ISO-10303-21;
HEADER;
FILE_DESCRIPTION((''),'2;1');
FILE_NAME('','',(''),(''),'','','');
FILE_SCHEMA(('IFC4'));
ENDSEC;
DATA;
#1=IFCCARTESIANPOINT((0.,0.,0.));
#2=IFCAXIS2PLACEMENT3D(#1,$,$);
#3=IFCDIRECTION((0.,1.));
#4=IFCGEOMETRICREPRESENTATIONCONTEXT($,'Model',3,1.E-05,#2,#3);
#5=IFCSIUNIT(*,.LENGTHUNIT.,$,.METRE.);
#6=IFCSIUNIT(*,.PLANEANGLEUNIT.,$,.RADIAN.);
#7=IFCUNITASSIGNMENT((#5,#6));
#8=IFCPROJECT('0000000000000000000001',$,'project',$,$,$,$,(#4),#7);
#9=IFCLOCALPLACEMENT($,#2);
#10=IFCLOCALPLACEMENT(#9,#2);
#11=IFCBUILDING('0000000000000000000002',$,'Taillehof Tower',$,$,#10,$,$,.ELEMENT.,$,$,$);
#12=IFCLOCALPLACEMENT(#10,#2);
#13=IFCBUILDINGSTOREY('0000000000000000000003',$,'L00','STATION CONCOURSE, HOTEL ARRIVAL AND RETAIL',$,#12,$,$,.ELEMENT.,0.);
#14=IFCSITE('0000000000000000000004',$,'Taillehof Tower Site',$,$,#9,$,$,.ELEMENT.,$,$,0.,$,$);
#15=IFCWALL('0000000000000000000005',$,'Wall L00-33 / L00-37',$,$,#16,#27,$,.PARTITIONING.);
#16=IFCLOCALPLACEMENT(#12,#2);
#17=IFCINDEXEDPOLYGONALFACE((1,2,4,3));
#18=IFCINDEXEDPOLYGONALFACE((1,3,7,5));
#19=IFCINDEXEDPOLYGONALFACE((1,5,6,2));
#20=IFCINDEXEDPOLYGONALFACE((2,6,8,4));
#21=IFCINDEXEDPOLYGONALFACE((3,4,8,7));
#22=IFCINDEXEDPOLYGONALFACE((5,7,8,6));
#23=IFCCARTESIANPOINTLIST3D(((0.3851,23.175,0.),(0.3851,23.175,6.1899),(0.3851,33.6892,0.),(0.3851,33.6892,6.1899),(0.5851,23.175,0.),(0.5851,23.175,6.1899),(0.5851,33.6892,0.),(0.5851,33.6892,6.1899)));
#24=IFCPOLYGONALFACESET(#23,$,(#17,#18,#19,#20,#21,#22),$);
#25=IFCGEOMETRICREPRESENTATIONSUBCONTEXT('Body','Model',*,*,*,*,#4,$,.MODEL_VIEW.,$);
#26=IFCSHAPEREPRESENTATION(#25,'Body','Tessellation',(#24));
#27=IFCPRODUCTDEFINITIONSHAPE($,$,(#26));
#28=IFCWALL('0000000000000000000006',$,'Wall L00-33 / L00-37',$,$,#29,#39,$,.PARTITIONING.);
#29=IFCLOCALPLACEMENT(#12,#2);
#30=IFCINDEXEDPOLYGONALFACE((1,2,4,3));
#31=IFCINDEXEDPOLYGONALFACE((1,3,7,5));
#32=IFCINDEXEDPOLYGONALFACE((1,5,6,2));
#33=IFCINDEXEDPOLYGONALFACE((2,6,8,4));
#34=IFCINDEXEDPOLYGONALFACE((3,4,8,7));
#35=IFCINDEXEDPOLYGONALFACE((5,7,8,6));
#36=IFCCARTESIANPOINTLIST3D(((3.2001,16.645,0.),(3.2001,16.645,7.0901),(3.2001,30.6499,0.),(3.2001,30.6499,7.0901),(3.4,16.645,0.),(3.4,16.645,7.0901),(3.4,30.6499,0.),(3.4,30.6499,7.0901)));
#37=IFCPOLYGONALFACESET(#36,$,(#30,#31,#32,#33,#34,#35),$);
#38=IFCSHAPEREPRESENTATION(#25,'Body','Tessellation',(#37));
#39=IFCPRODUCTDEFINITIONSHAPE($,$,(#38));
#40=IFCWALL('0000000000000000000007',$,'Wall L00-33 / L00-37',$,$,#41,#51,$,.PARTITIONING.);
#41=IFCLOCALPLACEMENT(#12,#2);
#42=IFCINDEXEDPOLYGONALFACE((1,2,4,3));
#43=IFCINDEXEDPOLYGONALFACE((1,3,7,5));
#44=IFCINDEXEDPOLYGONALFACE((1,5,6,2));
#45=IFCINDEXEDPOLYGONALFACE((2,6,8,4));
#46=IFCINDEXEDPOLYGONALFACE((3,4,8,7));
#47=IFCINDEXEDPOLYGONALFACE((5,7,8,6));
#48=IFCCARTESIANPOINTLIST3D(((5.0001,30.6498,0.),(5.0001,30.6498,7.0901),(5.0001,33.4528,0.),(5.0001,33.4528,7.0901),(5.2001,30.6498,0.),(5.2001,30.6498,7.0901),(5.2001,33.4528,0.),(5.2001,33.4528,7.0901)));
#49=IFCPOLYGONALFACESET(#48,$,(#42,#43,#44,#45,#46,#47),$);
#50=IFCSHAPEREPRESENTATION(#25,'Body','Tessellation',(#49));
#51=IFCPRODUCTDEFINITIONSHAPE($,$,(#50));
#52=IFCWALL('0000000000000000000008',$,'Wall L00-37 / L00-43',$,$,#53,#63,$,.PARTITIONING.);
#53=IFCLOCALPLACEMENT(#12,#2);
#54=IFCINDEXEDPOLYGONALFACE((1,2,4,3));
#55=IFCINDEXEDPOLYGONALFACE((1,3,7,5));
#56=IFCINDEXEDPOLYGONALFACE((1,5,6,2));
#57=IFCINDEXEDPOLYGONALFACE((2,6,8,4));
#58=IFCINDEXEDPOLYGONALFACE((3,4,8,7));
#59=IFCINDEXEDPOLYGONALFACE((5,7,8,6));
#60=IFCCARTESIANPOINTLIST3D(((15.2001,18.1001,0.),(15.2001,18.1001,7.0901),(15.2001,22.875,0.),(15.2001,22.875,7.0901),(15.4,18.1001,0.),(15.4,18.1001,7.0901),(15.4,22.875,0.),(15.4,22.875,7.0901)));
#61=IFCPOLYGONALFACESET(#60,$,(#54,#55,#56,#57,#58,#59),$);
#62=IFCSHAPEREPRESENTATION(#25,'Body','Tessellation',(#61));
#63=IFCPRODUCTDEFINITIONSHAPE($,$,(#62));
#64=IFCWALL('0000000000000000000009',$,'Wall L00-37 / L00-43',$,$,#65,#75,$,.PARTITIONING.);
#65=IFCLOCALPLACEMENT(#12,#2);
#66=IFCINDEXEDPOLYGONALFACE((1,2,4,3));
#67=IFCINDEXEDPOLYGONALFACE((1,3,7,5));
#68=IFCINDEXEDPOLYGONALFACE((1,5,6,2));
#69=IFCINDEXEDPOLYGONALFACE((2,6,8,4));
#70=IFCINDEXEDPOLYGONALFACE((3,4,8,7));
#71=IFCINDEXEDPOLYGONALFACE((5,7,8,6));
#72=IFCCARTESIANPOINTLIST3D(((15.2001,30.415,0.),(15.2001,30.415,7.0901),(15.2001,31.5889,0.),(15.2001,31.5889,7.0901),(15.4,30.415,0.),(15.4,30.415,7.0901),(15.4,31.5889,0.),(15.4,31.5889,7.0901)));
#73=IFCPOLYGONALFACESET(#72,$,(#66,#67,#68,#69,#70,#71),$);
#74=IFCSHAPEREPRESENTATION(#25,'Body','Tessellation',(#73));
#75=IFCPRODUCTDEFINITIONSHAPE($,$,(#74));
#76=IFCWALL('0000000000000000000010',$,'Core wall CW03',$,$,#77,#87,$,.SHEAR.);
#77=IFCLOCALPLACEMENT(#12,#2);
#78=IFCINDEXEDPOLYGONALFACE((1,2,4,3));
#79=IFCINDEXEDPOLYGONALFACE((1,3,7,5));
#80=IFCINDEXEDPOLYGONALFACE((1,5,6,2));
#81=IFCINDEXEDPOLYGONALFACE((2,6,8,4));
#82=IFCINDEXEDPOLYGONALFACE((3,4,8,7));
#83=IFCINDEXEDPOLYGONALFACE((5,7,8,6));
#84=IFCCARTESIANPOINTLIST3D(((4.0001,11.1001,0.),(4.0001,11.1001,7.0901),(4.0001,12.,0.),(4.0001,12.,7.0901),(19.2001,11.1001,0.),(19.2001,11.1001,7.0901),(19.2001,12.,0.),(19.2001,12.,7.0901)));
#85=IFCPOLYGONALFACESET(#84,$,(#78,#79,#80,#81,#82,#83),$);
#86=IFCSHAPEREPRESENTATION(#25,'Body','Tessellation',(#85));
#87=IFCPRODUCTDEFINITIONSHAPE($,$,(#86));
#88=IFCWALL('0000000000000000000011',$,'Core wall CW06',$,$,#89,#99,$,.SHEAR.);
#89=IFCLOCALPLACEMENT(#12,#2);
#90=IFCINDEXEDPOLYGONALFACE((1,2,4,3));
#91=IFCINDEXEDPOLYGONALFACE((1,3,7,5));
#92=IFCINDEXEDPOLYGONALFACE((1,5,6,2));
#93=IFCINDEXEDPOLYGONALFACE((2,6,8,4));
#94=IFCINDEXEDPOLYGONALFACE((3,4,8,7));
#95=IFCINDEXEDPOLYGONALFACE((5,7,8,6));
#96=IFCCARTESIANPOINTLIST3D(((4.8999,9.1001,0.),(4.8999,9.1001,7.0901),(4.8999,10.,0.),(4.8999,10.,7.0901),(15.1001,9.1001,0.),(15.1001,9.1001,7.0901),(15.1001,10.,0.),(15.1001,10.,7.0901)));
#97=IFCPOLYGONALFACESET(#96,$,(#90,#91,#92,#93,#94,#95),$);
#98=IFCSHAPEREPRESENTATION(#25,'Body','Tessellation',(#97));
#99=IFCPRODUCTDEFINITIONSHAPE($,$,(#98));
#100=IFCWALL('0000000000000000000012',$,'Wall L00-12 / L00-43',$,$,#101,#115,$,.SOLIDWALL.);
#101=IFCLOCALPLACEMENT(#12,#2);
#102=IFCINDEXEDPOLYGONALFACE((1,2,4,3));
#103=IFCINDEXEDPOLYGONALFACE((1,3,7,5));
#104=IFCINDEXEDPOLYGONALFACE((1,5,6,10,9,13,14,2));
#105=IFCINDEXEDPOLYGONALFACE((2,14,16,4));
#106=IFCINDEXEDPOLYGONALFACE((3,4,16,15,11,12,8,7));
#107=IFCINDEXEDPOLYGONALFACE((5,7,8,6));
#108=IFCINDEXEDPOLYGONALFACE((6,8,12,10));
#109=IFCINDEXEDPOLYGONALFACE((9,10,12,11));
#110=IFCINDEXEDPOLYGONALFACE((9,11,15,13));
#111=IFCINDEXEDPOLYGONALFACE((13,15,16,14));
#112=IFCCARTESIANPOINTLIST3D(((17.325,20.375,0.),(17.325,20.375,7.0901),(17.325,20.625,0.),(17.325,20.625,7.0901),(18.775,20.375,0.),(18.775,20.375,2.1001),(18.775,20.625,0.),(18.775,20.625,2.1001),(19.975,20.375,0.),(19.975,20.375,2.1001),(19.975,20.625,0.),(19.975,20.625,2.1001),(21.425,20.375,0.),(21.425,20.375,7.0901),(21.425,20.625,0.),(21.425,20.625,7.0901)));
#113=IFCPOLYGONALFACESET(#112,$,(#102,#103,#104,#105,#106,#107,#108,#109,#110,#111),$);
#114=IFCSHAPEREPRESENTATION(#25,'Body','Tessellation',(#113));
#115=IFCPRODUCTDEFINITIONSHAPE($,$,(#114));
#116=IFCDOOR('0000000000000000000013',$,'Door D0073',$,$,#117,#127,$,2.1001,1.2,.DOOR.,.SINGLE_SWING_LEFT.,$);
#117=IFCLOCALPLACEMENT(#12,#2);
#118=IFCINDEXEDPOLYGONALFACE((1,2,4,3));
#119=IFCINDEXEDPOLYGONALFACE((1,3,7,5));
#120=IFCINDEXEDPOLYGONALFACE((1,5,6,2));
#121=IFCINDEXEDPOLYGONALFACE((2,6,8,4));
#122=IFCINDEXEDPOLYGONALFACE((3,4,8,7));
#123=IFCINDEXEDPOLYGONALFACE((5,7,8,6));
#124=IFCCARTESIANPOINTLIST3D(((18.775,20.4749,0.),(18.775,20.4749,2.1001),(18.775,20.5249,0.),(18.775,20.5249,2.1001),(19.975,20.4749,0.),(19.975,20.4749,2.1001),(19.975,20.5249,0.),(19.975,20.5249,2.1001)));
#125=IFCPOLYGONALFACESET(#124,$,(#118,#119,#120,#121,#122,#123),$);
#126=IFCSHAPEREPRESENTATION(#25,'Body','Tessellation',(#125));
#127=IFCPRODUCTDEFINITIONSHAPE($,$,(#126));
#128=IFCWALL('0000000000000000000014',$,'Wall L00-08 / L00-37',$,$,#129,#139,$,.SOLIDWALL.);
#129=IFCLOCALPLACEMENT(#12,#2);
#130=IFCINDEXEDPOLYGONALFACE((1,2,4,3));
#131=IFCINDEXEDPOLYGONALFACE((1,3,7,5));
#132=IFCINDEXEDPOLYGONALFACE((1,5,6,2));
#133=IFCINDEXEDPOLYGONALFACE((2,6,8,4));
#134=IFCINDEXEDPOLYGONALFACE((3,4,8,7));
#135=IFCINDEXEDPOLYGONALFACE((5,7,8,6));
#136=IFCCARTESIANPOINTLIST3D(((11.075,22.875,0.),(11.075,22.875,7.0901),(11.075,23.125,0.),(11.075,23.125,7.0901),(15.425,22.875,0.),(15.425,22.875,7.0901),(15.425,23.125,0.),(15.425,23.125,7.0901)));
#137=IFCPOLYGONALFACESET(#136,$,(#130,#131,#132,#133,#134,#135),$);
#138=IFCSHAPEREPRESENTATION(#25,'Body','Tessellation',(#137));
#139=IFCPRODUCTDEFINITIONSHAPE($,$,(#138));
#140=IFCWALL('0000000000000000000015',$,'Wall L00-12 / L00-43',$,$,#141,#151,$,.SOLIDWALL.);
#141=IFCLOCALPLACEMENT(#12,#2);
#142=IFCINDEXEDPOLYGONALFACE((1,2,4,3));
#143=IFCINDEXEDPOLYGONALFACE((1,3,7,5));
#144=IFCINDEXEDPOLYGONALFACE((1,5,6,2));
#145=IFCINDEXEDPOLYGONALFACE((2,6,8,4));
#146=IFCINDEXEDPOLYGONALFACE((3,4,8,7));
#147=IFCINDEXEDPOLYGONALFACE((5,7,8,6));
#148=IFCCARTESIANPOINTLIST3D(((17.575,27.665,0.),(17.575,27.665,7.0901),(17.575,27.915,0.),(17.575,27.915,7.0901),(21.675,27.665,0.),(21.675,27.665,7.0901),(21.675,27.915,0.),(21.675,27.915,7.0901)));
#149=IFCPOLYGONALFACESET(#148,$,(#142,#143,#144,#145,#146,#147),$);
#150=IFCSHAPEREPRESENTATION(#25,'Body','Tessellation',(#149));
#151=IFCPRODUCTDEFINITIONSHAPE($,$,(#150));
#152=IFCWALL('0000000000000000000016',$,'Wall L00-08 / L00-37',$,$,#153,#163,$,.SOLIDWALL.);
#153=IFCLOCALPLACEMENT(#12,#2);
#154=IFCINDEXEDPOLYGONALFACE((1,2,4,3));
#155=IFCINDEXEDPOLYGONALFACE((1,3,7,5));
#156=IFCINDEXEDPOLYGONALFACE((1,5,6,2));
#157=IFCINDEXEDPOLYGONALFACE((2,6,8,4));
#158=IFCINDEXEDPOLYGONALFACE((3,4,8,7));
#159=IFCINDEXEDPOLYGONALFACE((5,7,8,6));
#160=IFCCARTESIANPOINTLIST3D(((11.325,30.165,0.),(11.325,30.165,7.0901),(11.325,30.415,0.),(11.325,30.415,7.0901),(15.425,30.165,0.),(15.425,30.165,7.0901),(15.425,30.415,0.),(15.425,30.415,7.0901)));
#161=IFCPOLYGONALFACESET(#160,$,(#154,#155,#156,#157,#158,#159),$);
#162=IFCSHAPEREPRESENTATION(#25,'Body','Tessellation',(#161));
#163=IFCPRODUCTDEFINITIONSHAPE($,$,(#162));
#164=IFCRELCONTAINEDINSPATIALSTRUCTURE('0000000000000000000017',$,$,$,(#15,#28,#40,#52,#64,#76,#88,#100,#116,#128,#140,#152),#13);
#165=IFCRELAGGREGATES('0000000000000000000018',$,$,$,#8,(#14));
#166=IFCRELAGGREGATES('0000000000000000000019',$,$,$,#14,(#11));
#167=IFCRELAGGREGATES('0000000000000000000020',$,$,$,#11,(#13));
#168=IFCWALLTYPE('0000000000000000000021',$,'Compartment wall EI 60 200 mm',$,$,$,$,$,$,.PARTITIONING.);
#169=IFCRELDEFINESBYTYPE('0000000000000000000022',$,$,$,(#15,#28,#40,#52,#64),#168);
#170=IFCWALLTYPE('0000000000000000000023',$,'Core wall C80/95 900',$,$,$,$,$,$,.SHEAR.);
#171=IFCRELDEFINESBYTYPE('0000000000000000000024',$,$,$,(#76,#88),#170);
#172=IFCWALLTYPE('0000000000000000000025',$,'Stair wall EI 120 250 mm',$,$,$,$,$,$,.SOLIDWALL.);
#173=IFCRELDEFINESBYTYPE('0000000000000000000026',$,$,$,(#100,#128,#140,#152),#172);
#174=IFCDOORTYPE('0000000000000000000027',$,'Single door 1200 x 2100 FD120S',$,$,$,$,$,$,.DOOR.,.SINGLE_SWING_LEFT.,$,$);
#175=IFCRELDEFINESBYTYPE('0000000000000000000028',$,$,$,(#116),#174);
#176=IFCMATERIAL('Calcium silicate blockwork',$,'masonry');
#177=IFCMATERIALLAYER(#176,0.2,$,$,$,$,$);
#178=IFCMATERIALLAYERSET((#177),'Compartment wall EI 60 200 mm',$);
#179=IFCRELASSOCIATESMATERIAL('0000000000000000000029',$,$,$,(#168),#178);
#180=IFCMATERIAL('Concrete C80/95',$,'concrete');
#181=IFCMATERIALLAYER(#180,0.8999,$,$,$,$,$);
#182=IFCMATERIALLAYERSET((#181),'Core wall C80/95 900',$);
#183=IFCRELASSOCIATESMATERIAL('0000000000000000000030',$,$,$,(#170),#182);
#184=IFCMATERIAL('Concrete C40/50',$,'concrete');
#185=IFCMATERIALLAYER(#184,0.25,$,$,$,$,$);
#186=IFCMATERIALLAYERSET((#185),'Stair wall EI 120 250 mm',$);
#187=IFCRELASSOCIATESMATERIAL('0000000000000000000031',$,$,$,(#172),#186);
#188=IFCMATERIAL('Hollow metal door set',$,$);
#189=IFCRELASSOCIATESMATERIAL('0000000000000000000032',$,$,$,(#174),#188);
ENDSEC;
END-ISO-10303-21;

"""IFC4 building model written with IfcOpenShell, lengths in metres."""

from ifc_helpers import new_model, si_unit, direction, frame, frame_2d, origin, place, context, subcontext, project, spatial, rectangle, extrude, material, layer, layer_set, type_object, element, fill, save


model = new_model("IFC4")

# Units and contexts
model_context = context("Model", 3, precision=1e-05, world=origin(), true_north=direction((0.0, 1.0)))
body_context = subcontext(model_context, "Body", "Model", "MODEL_VIEW")
ifc_project = project(units=[si_unit("LENGTHUNIT", "METRE"), si_unit("PLANEANGLEUNIT", "RADIAN")], contexts=[model_context])

# Site, building, storey
site_placement = place(None, origin())
site = spatial("IfcSite", under=ifc_project, at=site_placement, Name="Taillehof Tower Site", CompositionType="ELEMENT", RefElevation=0.0)
building_placement = place(site_placement, origin())
building = spatial("IfcBuilding", under=site, at=building_placement, Name="Taillehof Tower", CompositionType="ELEMENT")
storey_placement = place(building_placement, origin())
storey = spatial("IfcBuildingStorey", under=building, at=storey_placement, Name="L00", Description="STATION CONCOURSE, HOTEL ARRIVAL AND RETAIL", CompositionType="ELEMENT", Elevation=0.0)

# Walls
ifc_material_1 = material(Name="Calcium silicate blockwork", Category="masonry")
ifc_layer_1 = layer(ifc_material_1, 0.2)
ifc_layer_set_1 = layer_set([ifc_layer_1], Name="Compartment wall EI 60 200 mm")
wall_type_1 = type_object("IfcWallType", Name="Compartment wall EI 60 200 mm", PredefinedType="PARTITIONING", material=ifc_layer_set_1)
wall_1_placement = place(storey_placement, frame((0.4851, 23.175, 0.0), z_axis=(0.0, 0.0, 1.0), x_axis=(0.0, 1.0, 0.0)))
element("IfcWall", 1, at=wall_1_placement, inside=storey, type_object=wall_type_1, Name="Wall L00-33 / L00-37", PredefinedType="PARTITIONING", context=body_context, shape_type="SweptSolid", body=[
    extrude(rectangle(XDim=10.5142, YDim=0.2, at=frame_2d((5.2571, 0.0))), origin(), (0.0, 0.0, 1.0), 6.1899),
])
wall_2_placement = place(storey_placement, frame((3.3, 16.645, 0.0), z_axis=(0.0, 0.0, 1.0), x_axis=(0.0, 1.0, 0.0)))
element("IfcWall", 2, at=wall_2_placement, inside=storey, type_object=wall_type_1, Name="Wall L00-33 / L00-37", PredefinedType="PARTITIONING", context=body_context, shape_type="SweptSolid", body=[
    extrude(rectangle(XDim=14.0049, YDim=0.2, at=frame_2d((7.0024, 0.0))), origin(), (0.0, 0.0, 1.0), 7.0901),
])
wall_3_placement = place(storey_placement, frame((5.1001, 30.6499, 0.0), z_axis=(0.0, 0.0, 1.0), x_axis=(0.0, 1.0, 0.0)))
element("IfcWall", 3, at=wall_3_placement, inside=storey, type_object=wall_type_1, Name="Wall L00-33 / L00-37", PredefinedType="PARTITIONING", context=body_context, shape_type="SweptSolid", body=[
    extrude(rectangle(XDim=2.803, YDim=0.2, at=frame_2d((1.4014, 0.0))), origin(), (0.0, 0.0, 1.0), 7.0901),
])
wall_4_placement = place(storey_placement, frame((15.3, 18.1001, 0.0), z_axis=(0.0, 0.0, 1.0), x_axis=(0.0, 1.0, 0.0)))
element("IfcWall", 4, at=wall_4_placement, inside=storey, type_object=wall_type_1, Name="Wall L00-37 / L00-43", PredefinedType="PARTITIONING", context=body_context, shape_type="SweptSolid", body=[
    extrude(rectangle(XDim=4.7749, YDim=0.2, at=frame_2d((2.3875, 0.0))), origin(), (0.0, 0.0, 1.0), 7.0901),
])
wall_5_placement = place(storey_placement, frame((15.3, 30.415, 0.0), z_axis=(0.0, 0.0, 1.0), x_axis=(0.0, 1.0, 0.0)))
element("IfcWall", 5, at=wall_5_placement, inside=storey, type_object=wall_type_1, Name="Wall L00-37 / L00-43", PredefinedType="PARTITIONING", context=body_context, shape_type="SweptSolid", body=[
    extrude(rectangle(XDim=1.1738, YDim=0.2, at=frame_2d((0.5869, 0.0))), origin(), (0.0, 0.0, 1.0), 7.0901),
])
ifc_material_2 = material(Name="Concrete C80/95", Category="concrete")
ifc_layer_2 = layer(ifc_material_2, 0.8999)
ifc_layer_set_2 = layer_set([ifc_layer_2], Name="Core wall C80/95 900")
wall_type_2 = type_object("IfcWallType", Name="Core wall C80/95 900", PredefinedType="SHEAR", material=ifc_layer_set_2)
wall_6_placement = place(storey_placement, frame((4.0, 11.55, 0.0), z_axis=(0.0, 0.0, 1.0), x_axis=(1.0, 0.0, 0.0)))
element("IfcWall", 6, at=wall_6_placement, inside=storey, type_object=wall_type_2, Name="Core wall CW03", PredefinedType="SHEAR", context=body_context, shape_type="SweptSolid", body=[
    extrude(rectangle(XDim=15.2, YDim=0.8999, at=frame_2d((7.6001, 0.0))), origin(), (0.0, 0.0, 1.0), 7.0901),
])
wall_7_placement = place(storey_placement, frame((4.8999, 9.55, 0.0), z_axis=(0.0, 0.0, 1.0), x_axis=(1.0, 0.0, 0.0)))
element("IfcWall", 7, at=wall_7_placement, inside=storey, type_object=wall_type_2, Name="Core wall CW06", PredefinedType="SHEAR", context=body_context, shape_type="SweptSolid", body=[
    extrude(rectangle(XDim=10.2002, YDim=0.8999, at=frame_2d((5.1001, 0.0))), origin(), (0.0, 0.0, 1.0), 7.0901),
])

# Wall, opening, door
ifc_material_3 = material(Name="Concrete C40/50", Category="concrete")
ifc_layer_3 = layer(ifc_material_3, 0.25)
ifc_layer_set_3 = layer_set([ifc_layer_3], Name="Stair wall EI 120 250 mm")
wall_type_3 = type_object("IfcWallType", Name="Stair wall EI 120 250 mm", PredefinedType="SOLIDWALL", material=ifc_layer_set_3)
wall_8_placement = place(storey_placement, frame((17.325, 20.5, 0.0), z_axis=(0.0, 0.0, 1.0), x_axis=(1.0, 0.0, 0.0)))
wall_8 = element("IfcWall", 8, at=wall_8_placement, inside=storey, type_object=wall_type_3, Name="Wall L00-12 / L00-43", PredefinedType="SOLIDWALL", context=body_context, shape_type="SweptSolid", body=[
    extrude(rectangle(XDim=4.1001, YDim=0.25, at=frame_2d((2.05, 0.0))), origin(), (0.0, 0.0, 1.0), 7.0901),
])
opening_1_placement = place(wall_8_placement, frame((1.45, 0.0, 0.0)))
opening_1 = element("IfcOpeningElement", 9, at=opening_1_placement, cuts=wall_8, PredefinedType="OPENING", context=body_context, shape_type="SweptSolid", body=[
    extrude(rectangle(XDim=1.2, YDim=2.1001, at=frame_2d((0.6001, 1.05))), frame((0.0, 0.135, 0.0), z_axis=(0.0, -1.0, 0.0), x_axis=(1.0, 0.0, 0.0)), (0.0, 0.0, 1.0), 0.27),
])
ifc_material_4 = material(Name="Hollow metal door set")
door_type = type_object("IfcDoorType", Name="Single door 1200 x 2100 FD120S", OperationType="SINGLE_SWING_LEFT", PredefinedType="DOOR", material=ifc_material_4)
door_1_placement = place(opening_1_placement, origin())
door_1 = element("IfcDoor", 10, at=door_1_placement, inside=storey, type_object=door_type, Name="Door D0073", OperationType="SINGLE_SWING_LEFT", OverallHeight=2.1001, OverallWidth=1.2, PredefinedType="DOOR", context=body_context, shape_type="SweptSolid", body=[
    extrude(rectangle(XDim=1.2, YDim=2.1001, at=frame_2d((0.6001, 1.05))), frame((0.0, 0.0249, 0.0), z_axis=(0.0, -1.0, 0.0), x_axis=(1.0, 0.0, 0.0)), (0.0, 0.0, 1.0), 0.05),
])
fill(opening_1, door_1)

# Walls
wall_9_placement = place(storey_placement, frame((11.075, 23.0, 0.0), z_axis=(0.0, 0.0, 1.0), x_axis=(1.0, 0.0, 0.0)))
element("IfcWall", 11, at=wall_9_placement, inside=storey, type_object=wall_type_3, Name="Wall L00-08 / L00-37", PredefinedType="SOLIDWALL", context=body_context, shape_type="SweptSolid", body=[
    extrude(rectangle(XDim=4.3501, YDim=0.25, at=frame_2d((2.175, 0.0))), origin(), (0.0, 0.0, 1.0), 7.0901),
])
for number, where, z_axis, x_axis, name in (
    (12, (17.575, 27.79, 0.0), (0.0, 0.0, 1.0), (1.0, 0.0, 0.0), "Wall L00-12 / L00-43"),
    (13, (11.325, 30.29, 0.0), (0.0, 0.0, 1.0), (1.0, 0.0, 0.0), "Wall L00-08 / L00-37"),
):
    element("IfcWall", number, at=place(storey_placement, frame(where, z_axis=z_axis, x_axis=x_axis)), inside=storey, type_object=wall_type_3, Name=name, PredefinedType="SOLIDWALL", context=body_context, shape_type="SweptSolid", body=[
        extrude(rectangle(XDim=4.1001, YDim=0.25, at=frame_2d((2.05, 0.0))), origin(), (0.0, 0.0, 1.0), 7.0901),
    ])

save(model, "model.ifc")
